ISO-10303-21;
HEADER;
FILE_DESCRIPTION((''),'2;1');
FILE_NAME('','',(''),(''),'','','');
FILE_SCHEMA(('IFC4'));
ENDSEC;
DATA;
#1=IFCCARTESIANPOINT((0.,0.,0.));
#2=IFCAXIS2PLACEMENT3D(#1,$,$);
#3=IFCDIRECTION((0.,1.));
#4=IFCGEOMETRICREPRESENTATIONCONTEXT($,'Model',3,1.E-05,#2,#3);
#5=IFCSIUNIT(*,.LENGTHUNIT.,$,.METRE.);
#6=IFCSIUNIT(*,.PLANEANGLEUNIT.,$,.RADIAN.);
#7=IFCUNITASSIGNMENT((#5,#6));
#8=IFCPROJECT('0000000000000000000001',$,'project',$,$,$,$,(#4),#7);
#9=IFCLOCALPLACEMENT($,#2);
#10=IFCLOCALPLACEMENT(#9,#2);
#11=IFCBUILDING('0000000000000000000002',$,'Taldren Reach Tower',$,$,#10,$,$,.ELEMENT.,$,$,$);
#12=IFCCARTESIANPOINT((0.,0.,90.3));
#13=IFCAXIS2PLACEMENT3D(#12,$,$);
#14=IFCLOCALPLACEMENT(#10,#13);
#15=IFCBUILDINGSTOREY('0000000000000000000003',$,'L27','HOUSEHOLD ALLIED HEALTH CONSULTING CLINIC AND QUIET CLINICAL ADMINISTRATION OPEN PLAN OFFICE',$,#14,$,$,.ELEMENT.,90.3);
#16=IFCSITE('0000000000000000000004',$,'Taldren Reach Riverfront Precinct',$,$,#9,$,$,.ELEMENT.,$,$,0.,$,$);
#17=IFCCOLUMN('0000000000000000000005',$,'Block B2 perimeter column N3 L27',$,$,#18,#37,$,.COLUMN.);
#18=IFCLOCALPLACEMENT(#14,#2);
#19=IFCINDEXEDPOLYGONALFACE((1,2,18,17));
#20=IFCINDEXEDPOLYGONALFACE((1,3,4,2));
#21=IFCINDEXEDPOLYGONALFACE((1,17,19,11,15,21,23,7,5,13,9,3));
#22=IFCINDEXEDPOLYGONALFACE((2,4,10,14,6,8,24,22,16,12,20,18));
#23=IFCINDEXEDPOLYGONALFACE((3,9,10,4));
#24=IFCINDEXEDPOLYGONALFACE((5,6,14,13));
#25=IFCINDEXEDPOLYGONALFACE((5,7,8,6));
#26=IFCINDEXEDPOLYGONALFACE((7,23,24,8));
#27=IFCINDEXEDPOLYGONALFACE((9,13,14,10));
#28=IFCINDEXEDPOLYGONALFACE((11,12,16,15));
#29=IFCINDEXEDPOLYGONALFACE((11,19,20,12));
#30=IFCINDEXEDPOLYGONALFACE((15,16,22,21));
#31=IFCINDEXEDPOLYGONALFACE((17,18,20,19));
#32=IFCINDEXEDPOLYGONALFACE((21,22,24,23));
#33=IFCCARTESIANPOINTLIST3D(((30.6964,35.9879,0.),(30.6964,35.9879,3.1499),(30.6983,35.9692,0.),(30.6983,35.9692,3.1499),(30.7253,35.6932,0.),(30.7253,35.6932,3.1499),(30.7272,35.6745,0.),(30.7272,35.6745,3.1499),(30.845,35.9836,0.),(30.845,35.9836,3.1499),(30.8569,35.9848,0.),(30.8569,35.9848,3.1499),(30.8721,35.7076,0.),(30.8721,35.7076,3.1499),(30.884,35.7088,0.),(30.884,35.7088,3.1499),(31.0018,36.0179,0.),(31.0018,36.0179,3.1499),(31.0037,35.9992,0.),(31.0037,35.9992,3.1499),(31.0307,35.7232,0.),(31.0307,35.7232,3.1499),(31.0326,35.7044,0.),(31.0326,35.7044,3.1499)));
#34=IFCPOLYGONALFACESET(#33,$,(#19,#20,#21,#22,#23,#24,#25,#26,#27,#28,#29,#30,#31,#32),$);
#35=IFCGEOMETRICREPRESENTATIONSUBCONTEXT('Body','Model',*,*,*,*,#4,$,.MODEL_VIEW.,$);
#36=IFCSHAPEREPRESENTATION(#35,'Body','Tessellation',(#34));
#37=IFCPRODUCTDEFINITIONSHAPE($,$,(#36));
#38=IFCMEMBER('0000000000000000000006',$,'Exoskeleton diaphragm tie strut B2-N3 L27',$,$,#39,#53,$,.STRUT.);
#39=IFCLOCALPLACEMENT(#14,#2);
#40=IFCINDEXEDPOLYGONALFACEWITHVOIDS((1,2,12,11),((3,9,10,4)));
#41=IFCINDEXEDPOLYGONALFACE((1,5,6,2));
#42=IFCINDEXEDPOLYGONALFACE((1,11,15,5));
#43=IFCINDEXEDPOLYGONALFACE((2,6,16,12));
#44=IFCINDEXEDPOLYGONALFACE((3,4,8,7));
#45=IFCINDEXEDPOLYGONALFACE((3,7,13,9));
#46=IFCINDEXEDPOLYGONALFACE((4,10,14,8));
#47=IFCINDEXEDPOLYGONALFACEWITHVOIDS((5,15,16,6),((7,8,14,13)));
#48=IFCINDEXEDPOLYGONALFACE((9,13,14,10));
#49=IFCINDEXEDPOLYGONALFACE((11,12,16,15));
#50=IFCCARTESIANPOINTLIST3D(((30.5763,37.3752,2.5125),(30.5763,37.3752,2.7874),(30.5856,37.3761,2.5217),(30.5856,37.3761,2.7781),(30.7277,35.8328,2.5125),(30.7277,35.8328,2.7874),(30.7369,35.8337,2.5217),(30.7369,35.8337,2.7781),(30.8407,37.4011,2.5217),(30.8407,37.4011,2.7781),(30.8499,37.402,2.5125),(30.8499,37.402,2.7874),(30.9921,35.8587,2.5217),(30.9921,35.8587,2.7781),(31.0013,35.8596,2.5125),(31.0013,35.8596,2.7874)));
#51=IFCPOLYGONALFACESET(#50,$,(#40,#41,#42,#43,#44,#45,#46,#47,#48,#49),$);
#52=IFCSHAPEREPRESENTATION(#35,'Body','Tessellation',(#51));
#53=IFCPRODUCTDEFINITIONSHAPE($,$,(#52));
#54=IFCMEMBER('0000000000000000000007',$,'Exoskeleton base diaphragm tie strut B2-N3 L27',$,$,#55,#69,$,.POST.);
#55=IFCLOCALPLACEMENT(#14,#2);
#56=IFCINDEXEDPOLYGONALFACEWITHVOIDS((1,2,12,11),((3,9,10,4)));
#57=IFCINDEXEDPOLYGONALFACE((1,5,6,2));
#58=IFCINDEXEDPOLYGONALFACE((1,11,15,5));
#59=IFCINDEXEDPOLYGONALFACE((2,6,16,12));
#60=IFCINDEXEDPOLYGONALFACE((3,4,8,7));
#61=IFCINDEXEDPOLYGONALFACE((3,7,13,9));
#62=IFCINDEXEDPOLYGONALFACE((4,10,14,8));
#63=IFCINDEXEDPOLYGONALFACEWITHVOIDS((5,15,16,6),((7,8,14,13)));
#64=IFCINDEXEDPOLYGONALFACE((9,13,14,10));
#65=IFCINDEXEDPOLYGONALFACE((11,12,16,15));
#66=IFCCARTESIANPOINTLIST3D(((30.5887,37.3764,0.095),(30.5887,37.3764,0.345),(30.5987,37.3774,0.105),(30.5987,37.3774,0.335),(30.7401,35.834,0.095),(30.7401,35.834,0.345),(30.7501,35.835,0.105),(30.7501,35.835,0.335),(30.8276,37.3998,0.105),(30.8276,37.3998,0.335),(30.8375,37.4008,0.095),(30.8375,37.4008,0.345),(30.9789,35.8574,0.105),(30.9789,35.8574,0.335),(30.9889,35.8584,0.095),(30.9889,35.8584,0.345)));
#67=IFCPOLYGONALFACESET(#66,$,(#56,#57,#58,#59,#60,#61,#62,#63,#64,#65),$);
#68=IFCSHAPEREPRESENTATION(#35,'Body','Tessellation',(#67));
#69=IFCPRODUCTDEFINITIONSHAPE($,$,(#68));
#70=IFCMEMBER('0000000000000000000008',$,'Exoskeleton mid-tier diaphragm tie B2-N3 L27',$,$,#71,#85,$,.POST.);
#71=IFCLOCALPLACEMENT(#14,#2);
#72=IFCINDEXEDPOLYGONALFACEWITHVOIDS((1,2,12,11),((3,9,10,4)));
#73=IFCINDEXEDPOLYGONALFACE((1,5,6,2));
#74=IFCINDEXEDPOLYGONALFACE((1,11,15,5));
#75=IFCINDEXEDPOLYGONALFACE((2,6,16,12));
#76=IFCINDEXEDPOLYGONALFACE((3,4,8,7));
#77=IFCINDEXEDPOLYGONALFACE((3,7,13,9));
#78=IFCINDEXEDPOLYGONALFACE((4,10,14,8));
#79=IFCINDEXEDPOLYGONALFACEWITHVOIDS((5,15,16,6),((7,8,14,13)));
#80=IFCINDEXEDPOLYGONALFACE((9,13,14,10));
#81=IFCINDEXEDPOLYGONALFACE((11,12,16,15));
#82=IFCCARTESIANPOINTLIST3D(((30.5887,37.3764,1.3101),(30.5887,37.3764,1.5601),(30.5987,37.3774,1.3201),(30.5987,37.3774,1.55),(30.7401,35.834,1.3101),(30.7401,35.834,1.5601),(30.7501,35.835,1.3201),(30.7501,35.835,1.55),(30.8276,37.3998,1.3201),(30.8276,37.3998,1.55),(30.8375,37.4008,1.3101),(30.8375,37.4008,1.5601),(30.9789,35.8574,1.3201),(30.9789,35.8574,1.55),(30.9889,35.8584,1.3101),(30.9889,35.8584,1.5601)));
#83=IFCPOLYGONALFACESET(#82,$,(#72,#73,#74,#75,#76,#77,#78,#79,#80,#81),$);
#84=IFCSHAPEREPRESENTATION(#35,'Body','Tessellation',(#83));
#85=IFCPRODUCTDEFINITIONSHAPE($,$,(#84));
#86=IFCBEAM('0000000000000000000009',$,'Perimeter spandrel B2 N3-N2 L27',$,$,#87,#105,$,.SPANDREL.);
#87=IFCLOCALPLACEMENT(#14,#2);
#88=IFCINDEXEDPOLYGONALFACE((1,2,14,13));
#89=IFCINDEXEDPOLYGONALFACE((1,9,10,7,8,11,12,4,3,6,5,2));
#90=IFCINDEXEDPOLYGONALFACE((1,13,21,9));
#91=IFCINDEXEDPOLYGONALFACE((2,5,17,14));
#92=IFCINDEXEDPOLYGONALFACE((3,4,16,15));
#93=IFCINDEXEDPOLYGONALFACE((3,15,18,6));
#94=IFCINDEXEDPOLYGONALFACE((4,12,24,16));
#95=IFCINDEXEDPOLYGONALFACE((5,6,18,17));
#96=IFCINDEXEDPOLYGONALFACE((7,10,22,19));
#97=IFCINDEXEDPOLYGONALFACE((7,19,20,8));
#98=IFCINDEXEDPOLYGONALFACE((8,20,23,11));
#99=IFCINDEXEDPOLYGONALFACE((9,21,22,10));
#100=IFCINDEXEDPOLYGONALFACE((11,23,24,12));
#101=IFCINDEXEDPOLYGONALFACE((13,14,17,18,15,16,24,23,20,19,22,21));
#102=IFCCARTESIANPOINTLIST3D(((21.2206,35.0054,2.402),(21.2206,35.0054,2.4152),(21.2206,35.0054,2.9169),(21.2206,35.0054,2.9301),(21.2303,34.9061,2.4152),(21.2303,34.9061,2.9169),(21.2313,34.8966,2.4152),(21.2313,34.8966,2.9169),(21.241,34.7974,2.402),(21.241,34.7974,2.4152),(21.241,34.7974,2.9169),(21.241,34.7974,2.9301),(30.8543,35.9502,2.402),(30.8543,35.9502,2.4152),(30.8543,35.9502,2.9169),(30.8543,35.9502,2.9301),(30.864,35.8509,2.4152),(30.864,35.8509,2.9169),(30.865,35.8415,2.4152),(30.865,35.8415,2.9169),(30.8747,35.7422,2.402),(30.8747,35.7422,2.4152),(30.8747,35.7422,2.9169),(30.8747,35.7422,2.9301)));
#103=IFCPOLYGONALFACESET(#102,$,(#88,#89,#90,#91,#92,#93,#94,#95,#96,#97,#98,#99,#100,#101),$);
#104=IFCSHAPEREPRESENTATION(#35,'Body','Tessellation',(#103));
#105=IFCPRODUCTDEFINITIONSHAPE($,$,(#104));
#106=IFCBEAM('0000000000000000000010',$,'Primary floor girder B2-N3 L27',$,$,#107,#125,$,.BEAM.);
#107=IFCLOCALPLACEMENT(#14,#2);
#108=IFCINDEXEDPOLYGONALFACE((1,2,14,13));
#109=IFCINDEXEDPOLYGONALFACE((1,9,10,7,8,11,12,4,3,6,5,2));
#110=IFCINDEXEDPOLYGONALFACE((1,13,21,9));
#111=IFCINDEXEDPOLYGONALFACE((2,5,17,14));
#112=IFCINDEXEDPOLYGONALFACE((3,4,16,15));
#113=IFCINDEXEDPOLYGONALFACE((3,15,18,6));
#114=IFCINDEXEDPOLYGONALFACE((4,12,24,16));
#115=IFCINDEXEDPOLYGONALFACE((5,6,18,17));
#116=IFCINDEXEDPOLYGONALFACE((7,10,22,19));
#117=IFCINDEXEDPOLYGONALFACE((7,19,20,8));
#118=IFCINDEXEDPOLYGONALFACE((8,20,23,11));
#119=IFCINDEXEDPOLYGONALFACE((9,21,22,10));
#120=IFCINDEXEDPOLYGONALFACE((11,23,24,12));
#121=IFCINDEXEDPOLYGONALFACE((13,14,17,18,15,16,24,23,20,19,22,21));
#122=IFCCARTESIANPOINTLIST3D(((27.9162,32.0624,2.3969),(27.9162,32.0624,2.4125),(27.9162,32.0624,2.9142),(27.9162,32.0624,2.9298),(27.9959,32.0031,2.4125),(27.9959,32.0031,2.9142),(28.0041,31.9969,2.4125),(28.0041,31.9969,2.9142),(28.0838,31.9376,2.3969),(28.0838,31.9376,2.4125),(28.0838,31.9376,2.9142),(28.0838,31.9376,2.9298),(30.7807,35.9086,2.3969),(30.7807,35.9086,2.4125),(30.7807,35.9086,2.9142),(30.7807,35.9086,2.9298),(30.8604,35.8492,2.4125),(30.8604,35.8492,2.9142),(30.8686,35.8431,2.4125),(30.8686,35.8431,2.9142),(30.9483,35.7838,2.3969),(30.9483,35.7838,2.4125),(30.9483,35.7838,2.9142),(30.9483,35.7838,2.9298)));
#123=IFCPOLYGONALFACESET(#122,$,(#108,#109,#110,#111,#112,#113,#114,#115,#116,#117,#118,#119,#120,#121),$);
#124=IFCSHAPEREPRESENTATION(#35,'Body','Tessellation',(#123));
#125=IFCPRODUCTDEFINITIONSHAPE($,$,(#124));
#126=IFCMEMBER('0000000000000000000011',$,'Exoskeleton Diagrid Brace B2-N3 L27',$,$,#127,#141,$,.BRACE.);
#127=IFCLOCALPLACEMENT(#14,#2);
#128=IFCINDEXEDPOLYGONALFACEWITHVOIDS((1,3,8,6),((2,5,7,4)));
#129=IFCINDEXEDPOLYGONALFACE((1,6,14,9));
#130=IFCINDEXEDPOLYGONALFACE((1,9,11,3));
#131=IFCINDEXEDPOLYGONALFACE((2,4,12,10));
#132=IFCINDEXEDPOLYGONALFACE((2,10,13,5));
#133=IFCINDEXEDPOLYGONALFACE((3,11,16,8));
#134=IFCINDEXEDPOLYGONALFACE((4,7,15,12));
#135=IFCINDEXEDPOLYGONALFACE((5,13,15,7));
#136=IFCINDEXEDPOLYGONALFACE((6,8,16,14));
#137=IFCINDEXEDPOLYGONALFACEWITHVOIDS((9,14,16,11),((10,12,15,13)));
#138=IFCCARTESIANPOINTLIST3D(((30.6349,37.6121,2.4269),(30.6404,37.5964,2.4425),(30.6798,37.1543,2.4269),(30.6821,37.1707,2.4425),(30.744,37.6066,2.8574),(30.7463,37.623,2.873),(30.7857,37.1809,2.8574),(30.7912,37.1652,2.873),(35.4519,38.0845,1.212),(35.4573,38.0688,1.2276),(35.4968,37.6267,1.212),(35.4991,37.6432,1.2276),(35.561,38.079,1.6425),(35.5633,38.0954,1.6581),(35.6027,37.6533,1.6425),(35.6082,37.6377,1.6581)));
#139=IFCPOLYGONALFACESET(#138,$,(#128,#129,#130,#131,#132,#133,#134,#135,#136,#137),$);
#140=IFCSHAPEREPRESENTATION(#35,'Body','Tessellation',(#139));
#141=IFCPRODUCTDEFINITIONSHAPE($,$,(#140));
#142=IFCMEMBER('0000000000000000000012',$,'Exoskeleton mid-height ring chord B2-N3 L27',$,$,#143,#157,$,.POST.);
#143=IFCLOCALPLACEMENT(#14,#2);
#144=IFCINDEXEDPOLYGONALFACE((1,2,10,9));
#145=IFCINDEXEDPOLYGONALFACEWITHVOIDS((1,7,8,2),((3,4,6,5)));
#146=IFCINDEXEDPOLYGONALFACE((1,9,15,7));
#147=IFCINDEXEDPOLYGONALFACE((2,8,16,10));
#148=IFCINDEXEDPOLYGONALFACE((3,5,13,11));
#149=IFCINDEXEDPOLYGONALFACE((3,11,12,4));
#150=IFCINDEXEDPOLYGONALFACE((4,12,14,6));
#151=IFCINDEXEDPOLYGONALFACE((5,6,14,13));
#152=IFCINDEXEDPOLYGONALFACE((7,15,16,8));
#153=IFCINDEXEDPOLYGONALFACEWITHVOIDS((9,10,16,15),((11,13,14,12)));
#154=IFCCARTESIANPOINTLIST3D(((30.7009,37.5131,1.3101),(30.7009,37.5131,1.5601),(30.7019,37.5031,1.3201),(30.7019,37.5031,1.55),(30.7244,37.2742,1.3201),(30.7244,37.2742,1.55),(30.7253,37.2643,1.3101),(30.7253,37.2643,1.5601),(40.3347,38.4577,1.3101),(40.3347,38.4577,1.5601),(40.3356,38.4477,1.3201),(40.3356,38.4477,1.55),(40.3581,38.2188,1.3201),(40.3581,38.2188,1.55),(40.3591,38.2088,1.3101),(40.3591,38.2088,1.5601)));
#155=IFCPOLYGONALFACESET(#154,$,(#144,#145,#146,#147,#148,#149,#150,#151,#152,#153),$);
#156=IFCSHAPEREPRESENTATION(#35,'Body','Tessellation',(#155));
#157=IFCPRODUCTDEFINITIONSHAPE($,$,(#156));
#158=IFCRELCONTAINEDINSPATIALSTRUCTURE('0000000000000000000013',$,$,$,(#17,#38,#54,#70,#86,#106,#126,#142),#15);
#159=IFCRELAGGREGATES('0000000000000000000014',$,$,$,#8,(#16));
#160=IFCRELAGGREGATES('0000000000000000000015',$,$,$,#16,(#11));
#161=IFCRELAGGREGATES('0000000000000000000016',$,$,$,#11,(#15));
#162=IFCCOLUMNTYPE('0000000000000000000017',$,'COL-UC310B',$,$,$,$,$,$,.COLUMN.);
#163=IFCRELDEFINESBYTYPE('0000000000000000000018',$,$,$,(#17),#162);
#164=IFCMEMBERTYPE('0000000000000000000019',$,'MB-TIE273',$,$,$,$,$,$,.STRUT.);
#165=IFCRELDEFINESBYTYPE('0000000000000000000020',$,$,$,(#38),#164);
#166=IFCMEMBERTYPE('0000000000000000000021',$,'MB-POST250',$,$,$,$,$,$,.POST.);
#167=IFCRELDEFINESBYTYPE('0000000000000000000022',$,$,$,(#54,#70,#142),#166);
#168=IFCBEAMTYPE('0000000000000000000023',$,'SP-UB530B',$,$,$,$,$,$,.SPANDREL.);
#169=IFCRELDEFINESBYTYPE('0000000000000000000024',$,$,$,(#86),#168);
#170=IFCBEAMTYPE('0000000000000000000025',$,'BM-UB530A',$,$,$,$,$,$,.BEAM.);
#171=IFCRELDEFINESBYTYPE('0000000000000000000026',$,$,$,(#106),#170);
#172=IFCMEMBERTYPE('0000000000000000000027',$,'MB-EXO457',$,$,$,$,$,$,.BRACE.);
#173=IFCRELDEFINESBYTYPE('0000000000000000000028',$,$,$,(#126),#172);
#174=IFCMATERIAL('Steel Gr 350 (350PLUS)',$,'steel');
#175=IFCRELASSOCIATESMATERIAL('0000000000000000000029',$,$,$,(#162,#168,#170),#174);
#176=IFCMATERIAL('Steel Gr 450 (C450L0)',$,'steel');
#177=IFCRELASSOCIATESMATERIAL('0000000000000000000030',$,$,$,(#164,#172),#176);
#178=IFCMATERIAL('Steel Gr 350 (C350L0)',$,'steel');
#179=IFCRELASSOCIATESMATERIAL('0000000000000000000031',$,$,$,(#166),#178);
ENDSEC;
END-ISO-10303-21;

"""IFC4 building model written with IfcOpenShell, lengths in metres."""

from ifc_helpers import new_model, si_unit, direction, frame, origin, origin_2d, place, context, subcontext, project, spatial, hollow_rectangle, i_section, extrude, source, transform, mapped, material, material_profile, profile_set, type_object, element, save


model = new_model("IFC4")

# Units and contexts
model_context = context("Model", 3, precision=1e-05, world=origin(), true_north=direction((0.0, 1.0)))
body_context = subcontext(model_context, "Body", "Model", "MODEL_VIEW")
ifc_project = project(units=[si_unit("LENGTHUNIT", "METRE"), si_unit("PLANEANGLEUNIT", "RADIAN")], contexts=[model_context])

# Site, building, storey
site_placement = place(None, origin())
site = spatial("IfcSite", under=ifc_project, at=site_placement, Name="Taldren Reach Riverfront Precinct", CompositionType="ELEMENT", RefElevation=0.0)
building_placement = place(site_placement, origin())
building = spatial("IfcBuilding", under=site, at=building_placement, Name="Taldren Reach Tower", CompositionType="ELEMENT")
storey_placement = place(building_placement, frame((0.0, 0.0, 90.3)))
storey = spatial("IfcBuildingStorey", under=building, at=storey_placement, Name="L27", Description="HOUSEHOLD ALLIED HEALTH CONSULTING CLINIC AND QUIET CLINICAL ADMINISTRATION OPEN PLAN OFFICE", CompositionType="ELEMENT", Elevation=90.3)

# Column
ifc_material_1 = material(Name="Steel Gr 350 (350PLUS)", Category="steel")
ifc_material_profile_1 = material_profile(ifc_material_1, i_section(OverallWidth=0.3069, OverallDepth=0.3149, WebThickness=0.012, FlangeThickness=0.0188, at=origin_2d()), Name="310UC118")
ifc_profile_set_1 = profile_set([ifc_material_profile_1], Name="Steel Gr 350 (350PLUS)")
column_type = type_object("IfcColumnType", Name="COL-UC310B", PredefinedType="COLUMN", material=ifc_profile_set_1)
shared_shape_1 = source(origin(), body_context, "Body", "SweptSolid", [
    extrude(i_section(OverallWidth=0.3069, OverallDepth=0.3149, WebThickness=0.012, FlangeThickness=0.0188, at=origin_2d()), origin(), (0.0, 0.0, 1.0), 3.1499),
])
column_placement = place(storey_placement, frame((30.8645, 35.8462, 0.0), z_axis=(0.0, 0.0, 1.0), x_axis=(0.995227, 0.097583, 0.0)))
element("IfcColumn", 1, at=column_placement, inside=storey, type_object=column_type, Name="Block B2 perimeter column N3 L27", PredefinedType="COLUMN", context=body_context, shape_type="MappedRepresentation", body=[
    mapped(shared_shape_1, transform((0.0, 0.0, 0.0), scale=1.0)),
])

# Members
ifc_material_2 = material(Name="Steel Gr 450 (C450L0)", Category="steel")
ifc_material_profile_2 = material_profile(ifc_material_2, hollow_rectangle(XDim=0.2749, YDim=0.2749, WallThickness=0.0093, at=origin_2d()), Name="275x275x9.3SHS")
ifc_profile_set_2 = profile_set([ifc_material_profile_2], Name="Steel Gr 450 (C450L0)")
member_type_1 = type_object("IfcMemberType", Name="MB-TIE273", PredefinedType="STRUT", material=ifc_profile_set_2)
shared_shape_2 = source(origin(), body_context, "Body", "SweptSolid", [
    extrude(hollow_rectangle(XDim=0.2749, YDim=0.2749, WallThickness=0.0093, at=origin_2d()), origin(), (0.0, 0.0, 1.0), 1.5498),
])
member_1_placement = place(storey_placement, frame((30.8645, 35.8462, 2.6499), z_axis=(-0.097663, 0.99522, 0.0), x_axis=(-0.99522, -0.097663, 0.0)))
element("IfcMember", 2, at=member_1_placement, inside=storey, type_object=member_type_1, Name="Exoskeleton diaphragm tie strut B2-N3 L27", PredefinedType="STRUT", context=body_context, shape_type="MappedRepresentation", body=[
    mapped(shared_shape_2, transform((0.0, 0.0, 0.0), scale=1.0)),
])
ifc_material_3 = material(Name="Steel Gr 350 (C350L0)", Category="steel")
ifc_material_profile_3 = material_profile(ifc_material_3, hollow_rectangle(XDim=0.25, YDim=0.25, WallThickness=0.01, at=origin_2d()), Name="250x250x10.0SHS")
ifc_profile_set_3 = profile_set([ifc_material_profile_3], Name="Steel Gr 350 (C350L0)")
member_type_2 = type_object("IfcMemberType", Name="MB-POST250", PredefinedType="POST", material=ifc_profile_set_3)
shared_shape_3 = source(origin(), body_context, "Body", "SweptSolid", [
    extrude(hollow_rectangle(XDim=0.25, YDim=0.25, WallThickness=0.01, at=origin_2d()), origin(), (0.0, 0.0, 1.0), 1.5498),
])
for number, where, z_axis, x_axis, name in (
    (3, (30.8645, 35.8462, 0.22), (-0.097663, 0.99522, 0.0), (-0.99522, -0.097663, 0.0), "Exoskeleton base diaphragm tie strut B2-N3 L27"),
    (4, (30.8645, 35.8462, 1.4351), (-0.097663, 0.99522, 0.0), (-0.99522, -0.097663, 0.0), "Exoskeleton mid-tier diaphragm tie B2-N3 L27"),
):
    element("IfcMember", number, at=place(storey_placement, frame(where, z_axis=z_axis, x_axis=x_axis)), inside=storey, type_object=member_type_2, Name=name, PredefinedType="POST", context=body_context, shape_type="MappedRepresentation", body=[
        mapped(shared_shape_3, transform((0.0, 0.0, 0.0), scale=1.0)),
    ])

# Beams
ifc_material_profile_4 = material_profile(ifc_material_1, i_section(OverallWidth=0.209, OverallDepth=0.5281, WebThickness=0.0095, FlangeThickness=0.0132, at=origin_2d()), Name="530UB82.0")
ifc_profile_set_4 = profile_set([ifc_material_profile_4], Name="Steel Gr 350 (350PLUS)")
beam_type_1 = type_object("IfcBeamType", Name="SP-UB530B", PredefinedType="SPANDREL", material=ifc_profile_set_4)
shared_shape_4 = source(origin(), body_context, "Body", "SweptSolid", [
    extrude(i_section(OverallWidth=0.209, OverallDepth=0.5281, WebThickness=0.0095, FlangeThickness=0.0132, at=origin_2d()), origin(), (0.0, 0.0, 1.0), 9.6799),
])
beam_1_placement = place(storey_placement, frame((30.8645, 35.8462, 2.666), z_axis=(-0.995225, -0.097606, 0.0), x_axis=(0.097606, -0.995225, 0.0)))
element("IfcBeam", 5, at=beam_1_placement, inside=storey, type_object=beam_type_1, Name="Perimeter spandrel B2 N3-N2 L27", PredefinedType="SPANDREL", context=body_context, shape_type="MappedRepresentation", body=[
    mapped(shared_shape_4, transform((0.0, 0.0, 0.0), scale=1.0)),
])
ifc_material_profile_5 = material_profile(ifc_material_1, i_section(OverallWidth=0.209, OverallDepth=0.533, WebThickness=0.0103, FlangeThickness=0.0156, at=origin_2d()), Name="530UB92.4")
ifc_profile_set_5 = profile_set([ifc_material_profile_5], Name="Steel Gr 350 (350PLUS)")
beam_type_2 = type_object("IfcBeamType", Name="BM-UB530A", PredefinedType="BEAM", material=ifc_profile_set_5)
shared_shape_5 = source(origin(), body_context, "Body", "SweptSolid", [
    extrude(i_section(OverallWidth=0.209, OverallDepth=0.533, WebThickness=0.0103, FlangeThickness=0.0156, at=origin_2d()), origin(), (0.0, 0.0, 1.0), 4.7957),
])
beam_2_placement = place(storey_placement, frame((28.0, 32.0, 2.6633), z_axis=(0.597309, 0.802011, 0.0), x_axis=(-0.802011, 0.597309, 0.0)))
element("IfcBeam", 6, at=beam_2_placement, inside=storey, type_object=beam_type_2, Name="Primary floor girder B2-N3 L27", PredefinedType="BEAM", context=body_context, shape_type="MappedRepresentation", body=[
    mapped(shared_shape_5, transform((0.0, 0.0, 0.0), scale=1.0)),
])

# Members
ifc_material_profile_6 = material_profile(ifc_material_2, hollow_rectangle(XDim=0.46, YDim=0.46, WallThickness=0.0161, at=origin_2d()), Name="460x460x16.0SHS")
ifc_profile_set_6 = profile_set([ifc_material_profile_6], Name="Steel Gr 450 (C450L0)")
member_type_3 = type_object("IfcMemberType", Name="MB-EXO457", PredefinedType="BRACE", material=ifc_profile_set_6)
shared_shape_6 = source(origin(), body_context, "Body", "SweptSolid", [
    extrude(hollow_rectangle(XDim=0.46, YDim=0.46, WallThickness=0.0161, at=origin_2d()), origin(), (0.0, 0.0, 1.0), 4.9902),
])
member_2_placement = place(storey_placement, frame((35.53, 37.8611, 1.4351), z_axis=(-0.965283, -0.094669, 0.243449), x_axis=(0.097606, -0.995225, 0.0)))
element("IfcMember", 7, at=member_2_placement, inside=storey, type_object=member_type_3, Name="Exoskeleton Diagrid Brace B2-N3 L27", PredefinedType="BRACE", context=body_context, shape_type="MappedRepresentation", body=[
    mapped(shared_shape_6, transform((0.0, 0.0, 0.0), scale=1.0)),
])
shared_shape_7 = source(origin(), body_context, "Body", "SweptSolid", [
    extrude(hollow_rectangle(XDim=0.25, YDim=0.25, WallThickness=0.01, at=origin_2d()), origin(), (0.0, 0.0, 1.0), 9.6799),
])
member_3_placement = place(storey_placement, frame((30.7131, 37.3887, 1.4351), z_axis=(0.995228, 0.097581, 0.0), x_axis=(-0.097581, 0.995228, 0.0)))
element("IfcMember", 8, at=member_3_placement, inside=storey, type_object=member_type_2, Name="Exoskeleton mid-height ring chord B2-N3 L27", PredefinedType="POST", context=body_context, shape_type="MappedRepresentation", body=[
    mapped(shared_shape_7, transform((0.0, 0.0, 0.0), scale=1.0)),
])

save(model, "model.ifc")
